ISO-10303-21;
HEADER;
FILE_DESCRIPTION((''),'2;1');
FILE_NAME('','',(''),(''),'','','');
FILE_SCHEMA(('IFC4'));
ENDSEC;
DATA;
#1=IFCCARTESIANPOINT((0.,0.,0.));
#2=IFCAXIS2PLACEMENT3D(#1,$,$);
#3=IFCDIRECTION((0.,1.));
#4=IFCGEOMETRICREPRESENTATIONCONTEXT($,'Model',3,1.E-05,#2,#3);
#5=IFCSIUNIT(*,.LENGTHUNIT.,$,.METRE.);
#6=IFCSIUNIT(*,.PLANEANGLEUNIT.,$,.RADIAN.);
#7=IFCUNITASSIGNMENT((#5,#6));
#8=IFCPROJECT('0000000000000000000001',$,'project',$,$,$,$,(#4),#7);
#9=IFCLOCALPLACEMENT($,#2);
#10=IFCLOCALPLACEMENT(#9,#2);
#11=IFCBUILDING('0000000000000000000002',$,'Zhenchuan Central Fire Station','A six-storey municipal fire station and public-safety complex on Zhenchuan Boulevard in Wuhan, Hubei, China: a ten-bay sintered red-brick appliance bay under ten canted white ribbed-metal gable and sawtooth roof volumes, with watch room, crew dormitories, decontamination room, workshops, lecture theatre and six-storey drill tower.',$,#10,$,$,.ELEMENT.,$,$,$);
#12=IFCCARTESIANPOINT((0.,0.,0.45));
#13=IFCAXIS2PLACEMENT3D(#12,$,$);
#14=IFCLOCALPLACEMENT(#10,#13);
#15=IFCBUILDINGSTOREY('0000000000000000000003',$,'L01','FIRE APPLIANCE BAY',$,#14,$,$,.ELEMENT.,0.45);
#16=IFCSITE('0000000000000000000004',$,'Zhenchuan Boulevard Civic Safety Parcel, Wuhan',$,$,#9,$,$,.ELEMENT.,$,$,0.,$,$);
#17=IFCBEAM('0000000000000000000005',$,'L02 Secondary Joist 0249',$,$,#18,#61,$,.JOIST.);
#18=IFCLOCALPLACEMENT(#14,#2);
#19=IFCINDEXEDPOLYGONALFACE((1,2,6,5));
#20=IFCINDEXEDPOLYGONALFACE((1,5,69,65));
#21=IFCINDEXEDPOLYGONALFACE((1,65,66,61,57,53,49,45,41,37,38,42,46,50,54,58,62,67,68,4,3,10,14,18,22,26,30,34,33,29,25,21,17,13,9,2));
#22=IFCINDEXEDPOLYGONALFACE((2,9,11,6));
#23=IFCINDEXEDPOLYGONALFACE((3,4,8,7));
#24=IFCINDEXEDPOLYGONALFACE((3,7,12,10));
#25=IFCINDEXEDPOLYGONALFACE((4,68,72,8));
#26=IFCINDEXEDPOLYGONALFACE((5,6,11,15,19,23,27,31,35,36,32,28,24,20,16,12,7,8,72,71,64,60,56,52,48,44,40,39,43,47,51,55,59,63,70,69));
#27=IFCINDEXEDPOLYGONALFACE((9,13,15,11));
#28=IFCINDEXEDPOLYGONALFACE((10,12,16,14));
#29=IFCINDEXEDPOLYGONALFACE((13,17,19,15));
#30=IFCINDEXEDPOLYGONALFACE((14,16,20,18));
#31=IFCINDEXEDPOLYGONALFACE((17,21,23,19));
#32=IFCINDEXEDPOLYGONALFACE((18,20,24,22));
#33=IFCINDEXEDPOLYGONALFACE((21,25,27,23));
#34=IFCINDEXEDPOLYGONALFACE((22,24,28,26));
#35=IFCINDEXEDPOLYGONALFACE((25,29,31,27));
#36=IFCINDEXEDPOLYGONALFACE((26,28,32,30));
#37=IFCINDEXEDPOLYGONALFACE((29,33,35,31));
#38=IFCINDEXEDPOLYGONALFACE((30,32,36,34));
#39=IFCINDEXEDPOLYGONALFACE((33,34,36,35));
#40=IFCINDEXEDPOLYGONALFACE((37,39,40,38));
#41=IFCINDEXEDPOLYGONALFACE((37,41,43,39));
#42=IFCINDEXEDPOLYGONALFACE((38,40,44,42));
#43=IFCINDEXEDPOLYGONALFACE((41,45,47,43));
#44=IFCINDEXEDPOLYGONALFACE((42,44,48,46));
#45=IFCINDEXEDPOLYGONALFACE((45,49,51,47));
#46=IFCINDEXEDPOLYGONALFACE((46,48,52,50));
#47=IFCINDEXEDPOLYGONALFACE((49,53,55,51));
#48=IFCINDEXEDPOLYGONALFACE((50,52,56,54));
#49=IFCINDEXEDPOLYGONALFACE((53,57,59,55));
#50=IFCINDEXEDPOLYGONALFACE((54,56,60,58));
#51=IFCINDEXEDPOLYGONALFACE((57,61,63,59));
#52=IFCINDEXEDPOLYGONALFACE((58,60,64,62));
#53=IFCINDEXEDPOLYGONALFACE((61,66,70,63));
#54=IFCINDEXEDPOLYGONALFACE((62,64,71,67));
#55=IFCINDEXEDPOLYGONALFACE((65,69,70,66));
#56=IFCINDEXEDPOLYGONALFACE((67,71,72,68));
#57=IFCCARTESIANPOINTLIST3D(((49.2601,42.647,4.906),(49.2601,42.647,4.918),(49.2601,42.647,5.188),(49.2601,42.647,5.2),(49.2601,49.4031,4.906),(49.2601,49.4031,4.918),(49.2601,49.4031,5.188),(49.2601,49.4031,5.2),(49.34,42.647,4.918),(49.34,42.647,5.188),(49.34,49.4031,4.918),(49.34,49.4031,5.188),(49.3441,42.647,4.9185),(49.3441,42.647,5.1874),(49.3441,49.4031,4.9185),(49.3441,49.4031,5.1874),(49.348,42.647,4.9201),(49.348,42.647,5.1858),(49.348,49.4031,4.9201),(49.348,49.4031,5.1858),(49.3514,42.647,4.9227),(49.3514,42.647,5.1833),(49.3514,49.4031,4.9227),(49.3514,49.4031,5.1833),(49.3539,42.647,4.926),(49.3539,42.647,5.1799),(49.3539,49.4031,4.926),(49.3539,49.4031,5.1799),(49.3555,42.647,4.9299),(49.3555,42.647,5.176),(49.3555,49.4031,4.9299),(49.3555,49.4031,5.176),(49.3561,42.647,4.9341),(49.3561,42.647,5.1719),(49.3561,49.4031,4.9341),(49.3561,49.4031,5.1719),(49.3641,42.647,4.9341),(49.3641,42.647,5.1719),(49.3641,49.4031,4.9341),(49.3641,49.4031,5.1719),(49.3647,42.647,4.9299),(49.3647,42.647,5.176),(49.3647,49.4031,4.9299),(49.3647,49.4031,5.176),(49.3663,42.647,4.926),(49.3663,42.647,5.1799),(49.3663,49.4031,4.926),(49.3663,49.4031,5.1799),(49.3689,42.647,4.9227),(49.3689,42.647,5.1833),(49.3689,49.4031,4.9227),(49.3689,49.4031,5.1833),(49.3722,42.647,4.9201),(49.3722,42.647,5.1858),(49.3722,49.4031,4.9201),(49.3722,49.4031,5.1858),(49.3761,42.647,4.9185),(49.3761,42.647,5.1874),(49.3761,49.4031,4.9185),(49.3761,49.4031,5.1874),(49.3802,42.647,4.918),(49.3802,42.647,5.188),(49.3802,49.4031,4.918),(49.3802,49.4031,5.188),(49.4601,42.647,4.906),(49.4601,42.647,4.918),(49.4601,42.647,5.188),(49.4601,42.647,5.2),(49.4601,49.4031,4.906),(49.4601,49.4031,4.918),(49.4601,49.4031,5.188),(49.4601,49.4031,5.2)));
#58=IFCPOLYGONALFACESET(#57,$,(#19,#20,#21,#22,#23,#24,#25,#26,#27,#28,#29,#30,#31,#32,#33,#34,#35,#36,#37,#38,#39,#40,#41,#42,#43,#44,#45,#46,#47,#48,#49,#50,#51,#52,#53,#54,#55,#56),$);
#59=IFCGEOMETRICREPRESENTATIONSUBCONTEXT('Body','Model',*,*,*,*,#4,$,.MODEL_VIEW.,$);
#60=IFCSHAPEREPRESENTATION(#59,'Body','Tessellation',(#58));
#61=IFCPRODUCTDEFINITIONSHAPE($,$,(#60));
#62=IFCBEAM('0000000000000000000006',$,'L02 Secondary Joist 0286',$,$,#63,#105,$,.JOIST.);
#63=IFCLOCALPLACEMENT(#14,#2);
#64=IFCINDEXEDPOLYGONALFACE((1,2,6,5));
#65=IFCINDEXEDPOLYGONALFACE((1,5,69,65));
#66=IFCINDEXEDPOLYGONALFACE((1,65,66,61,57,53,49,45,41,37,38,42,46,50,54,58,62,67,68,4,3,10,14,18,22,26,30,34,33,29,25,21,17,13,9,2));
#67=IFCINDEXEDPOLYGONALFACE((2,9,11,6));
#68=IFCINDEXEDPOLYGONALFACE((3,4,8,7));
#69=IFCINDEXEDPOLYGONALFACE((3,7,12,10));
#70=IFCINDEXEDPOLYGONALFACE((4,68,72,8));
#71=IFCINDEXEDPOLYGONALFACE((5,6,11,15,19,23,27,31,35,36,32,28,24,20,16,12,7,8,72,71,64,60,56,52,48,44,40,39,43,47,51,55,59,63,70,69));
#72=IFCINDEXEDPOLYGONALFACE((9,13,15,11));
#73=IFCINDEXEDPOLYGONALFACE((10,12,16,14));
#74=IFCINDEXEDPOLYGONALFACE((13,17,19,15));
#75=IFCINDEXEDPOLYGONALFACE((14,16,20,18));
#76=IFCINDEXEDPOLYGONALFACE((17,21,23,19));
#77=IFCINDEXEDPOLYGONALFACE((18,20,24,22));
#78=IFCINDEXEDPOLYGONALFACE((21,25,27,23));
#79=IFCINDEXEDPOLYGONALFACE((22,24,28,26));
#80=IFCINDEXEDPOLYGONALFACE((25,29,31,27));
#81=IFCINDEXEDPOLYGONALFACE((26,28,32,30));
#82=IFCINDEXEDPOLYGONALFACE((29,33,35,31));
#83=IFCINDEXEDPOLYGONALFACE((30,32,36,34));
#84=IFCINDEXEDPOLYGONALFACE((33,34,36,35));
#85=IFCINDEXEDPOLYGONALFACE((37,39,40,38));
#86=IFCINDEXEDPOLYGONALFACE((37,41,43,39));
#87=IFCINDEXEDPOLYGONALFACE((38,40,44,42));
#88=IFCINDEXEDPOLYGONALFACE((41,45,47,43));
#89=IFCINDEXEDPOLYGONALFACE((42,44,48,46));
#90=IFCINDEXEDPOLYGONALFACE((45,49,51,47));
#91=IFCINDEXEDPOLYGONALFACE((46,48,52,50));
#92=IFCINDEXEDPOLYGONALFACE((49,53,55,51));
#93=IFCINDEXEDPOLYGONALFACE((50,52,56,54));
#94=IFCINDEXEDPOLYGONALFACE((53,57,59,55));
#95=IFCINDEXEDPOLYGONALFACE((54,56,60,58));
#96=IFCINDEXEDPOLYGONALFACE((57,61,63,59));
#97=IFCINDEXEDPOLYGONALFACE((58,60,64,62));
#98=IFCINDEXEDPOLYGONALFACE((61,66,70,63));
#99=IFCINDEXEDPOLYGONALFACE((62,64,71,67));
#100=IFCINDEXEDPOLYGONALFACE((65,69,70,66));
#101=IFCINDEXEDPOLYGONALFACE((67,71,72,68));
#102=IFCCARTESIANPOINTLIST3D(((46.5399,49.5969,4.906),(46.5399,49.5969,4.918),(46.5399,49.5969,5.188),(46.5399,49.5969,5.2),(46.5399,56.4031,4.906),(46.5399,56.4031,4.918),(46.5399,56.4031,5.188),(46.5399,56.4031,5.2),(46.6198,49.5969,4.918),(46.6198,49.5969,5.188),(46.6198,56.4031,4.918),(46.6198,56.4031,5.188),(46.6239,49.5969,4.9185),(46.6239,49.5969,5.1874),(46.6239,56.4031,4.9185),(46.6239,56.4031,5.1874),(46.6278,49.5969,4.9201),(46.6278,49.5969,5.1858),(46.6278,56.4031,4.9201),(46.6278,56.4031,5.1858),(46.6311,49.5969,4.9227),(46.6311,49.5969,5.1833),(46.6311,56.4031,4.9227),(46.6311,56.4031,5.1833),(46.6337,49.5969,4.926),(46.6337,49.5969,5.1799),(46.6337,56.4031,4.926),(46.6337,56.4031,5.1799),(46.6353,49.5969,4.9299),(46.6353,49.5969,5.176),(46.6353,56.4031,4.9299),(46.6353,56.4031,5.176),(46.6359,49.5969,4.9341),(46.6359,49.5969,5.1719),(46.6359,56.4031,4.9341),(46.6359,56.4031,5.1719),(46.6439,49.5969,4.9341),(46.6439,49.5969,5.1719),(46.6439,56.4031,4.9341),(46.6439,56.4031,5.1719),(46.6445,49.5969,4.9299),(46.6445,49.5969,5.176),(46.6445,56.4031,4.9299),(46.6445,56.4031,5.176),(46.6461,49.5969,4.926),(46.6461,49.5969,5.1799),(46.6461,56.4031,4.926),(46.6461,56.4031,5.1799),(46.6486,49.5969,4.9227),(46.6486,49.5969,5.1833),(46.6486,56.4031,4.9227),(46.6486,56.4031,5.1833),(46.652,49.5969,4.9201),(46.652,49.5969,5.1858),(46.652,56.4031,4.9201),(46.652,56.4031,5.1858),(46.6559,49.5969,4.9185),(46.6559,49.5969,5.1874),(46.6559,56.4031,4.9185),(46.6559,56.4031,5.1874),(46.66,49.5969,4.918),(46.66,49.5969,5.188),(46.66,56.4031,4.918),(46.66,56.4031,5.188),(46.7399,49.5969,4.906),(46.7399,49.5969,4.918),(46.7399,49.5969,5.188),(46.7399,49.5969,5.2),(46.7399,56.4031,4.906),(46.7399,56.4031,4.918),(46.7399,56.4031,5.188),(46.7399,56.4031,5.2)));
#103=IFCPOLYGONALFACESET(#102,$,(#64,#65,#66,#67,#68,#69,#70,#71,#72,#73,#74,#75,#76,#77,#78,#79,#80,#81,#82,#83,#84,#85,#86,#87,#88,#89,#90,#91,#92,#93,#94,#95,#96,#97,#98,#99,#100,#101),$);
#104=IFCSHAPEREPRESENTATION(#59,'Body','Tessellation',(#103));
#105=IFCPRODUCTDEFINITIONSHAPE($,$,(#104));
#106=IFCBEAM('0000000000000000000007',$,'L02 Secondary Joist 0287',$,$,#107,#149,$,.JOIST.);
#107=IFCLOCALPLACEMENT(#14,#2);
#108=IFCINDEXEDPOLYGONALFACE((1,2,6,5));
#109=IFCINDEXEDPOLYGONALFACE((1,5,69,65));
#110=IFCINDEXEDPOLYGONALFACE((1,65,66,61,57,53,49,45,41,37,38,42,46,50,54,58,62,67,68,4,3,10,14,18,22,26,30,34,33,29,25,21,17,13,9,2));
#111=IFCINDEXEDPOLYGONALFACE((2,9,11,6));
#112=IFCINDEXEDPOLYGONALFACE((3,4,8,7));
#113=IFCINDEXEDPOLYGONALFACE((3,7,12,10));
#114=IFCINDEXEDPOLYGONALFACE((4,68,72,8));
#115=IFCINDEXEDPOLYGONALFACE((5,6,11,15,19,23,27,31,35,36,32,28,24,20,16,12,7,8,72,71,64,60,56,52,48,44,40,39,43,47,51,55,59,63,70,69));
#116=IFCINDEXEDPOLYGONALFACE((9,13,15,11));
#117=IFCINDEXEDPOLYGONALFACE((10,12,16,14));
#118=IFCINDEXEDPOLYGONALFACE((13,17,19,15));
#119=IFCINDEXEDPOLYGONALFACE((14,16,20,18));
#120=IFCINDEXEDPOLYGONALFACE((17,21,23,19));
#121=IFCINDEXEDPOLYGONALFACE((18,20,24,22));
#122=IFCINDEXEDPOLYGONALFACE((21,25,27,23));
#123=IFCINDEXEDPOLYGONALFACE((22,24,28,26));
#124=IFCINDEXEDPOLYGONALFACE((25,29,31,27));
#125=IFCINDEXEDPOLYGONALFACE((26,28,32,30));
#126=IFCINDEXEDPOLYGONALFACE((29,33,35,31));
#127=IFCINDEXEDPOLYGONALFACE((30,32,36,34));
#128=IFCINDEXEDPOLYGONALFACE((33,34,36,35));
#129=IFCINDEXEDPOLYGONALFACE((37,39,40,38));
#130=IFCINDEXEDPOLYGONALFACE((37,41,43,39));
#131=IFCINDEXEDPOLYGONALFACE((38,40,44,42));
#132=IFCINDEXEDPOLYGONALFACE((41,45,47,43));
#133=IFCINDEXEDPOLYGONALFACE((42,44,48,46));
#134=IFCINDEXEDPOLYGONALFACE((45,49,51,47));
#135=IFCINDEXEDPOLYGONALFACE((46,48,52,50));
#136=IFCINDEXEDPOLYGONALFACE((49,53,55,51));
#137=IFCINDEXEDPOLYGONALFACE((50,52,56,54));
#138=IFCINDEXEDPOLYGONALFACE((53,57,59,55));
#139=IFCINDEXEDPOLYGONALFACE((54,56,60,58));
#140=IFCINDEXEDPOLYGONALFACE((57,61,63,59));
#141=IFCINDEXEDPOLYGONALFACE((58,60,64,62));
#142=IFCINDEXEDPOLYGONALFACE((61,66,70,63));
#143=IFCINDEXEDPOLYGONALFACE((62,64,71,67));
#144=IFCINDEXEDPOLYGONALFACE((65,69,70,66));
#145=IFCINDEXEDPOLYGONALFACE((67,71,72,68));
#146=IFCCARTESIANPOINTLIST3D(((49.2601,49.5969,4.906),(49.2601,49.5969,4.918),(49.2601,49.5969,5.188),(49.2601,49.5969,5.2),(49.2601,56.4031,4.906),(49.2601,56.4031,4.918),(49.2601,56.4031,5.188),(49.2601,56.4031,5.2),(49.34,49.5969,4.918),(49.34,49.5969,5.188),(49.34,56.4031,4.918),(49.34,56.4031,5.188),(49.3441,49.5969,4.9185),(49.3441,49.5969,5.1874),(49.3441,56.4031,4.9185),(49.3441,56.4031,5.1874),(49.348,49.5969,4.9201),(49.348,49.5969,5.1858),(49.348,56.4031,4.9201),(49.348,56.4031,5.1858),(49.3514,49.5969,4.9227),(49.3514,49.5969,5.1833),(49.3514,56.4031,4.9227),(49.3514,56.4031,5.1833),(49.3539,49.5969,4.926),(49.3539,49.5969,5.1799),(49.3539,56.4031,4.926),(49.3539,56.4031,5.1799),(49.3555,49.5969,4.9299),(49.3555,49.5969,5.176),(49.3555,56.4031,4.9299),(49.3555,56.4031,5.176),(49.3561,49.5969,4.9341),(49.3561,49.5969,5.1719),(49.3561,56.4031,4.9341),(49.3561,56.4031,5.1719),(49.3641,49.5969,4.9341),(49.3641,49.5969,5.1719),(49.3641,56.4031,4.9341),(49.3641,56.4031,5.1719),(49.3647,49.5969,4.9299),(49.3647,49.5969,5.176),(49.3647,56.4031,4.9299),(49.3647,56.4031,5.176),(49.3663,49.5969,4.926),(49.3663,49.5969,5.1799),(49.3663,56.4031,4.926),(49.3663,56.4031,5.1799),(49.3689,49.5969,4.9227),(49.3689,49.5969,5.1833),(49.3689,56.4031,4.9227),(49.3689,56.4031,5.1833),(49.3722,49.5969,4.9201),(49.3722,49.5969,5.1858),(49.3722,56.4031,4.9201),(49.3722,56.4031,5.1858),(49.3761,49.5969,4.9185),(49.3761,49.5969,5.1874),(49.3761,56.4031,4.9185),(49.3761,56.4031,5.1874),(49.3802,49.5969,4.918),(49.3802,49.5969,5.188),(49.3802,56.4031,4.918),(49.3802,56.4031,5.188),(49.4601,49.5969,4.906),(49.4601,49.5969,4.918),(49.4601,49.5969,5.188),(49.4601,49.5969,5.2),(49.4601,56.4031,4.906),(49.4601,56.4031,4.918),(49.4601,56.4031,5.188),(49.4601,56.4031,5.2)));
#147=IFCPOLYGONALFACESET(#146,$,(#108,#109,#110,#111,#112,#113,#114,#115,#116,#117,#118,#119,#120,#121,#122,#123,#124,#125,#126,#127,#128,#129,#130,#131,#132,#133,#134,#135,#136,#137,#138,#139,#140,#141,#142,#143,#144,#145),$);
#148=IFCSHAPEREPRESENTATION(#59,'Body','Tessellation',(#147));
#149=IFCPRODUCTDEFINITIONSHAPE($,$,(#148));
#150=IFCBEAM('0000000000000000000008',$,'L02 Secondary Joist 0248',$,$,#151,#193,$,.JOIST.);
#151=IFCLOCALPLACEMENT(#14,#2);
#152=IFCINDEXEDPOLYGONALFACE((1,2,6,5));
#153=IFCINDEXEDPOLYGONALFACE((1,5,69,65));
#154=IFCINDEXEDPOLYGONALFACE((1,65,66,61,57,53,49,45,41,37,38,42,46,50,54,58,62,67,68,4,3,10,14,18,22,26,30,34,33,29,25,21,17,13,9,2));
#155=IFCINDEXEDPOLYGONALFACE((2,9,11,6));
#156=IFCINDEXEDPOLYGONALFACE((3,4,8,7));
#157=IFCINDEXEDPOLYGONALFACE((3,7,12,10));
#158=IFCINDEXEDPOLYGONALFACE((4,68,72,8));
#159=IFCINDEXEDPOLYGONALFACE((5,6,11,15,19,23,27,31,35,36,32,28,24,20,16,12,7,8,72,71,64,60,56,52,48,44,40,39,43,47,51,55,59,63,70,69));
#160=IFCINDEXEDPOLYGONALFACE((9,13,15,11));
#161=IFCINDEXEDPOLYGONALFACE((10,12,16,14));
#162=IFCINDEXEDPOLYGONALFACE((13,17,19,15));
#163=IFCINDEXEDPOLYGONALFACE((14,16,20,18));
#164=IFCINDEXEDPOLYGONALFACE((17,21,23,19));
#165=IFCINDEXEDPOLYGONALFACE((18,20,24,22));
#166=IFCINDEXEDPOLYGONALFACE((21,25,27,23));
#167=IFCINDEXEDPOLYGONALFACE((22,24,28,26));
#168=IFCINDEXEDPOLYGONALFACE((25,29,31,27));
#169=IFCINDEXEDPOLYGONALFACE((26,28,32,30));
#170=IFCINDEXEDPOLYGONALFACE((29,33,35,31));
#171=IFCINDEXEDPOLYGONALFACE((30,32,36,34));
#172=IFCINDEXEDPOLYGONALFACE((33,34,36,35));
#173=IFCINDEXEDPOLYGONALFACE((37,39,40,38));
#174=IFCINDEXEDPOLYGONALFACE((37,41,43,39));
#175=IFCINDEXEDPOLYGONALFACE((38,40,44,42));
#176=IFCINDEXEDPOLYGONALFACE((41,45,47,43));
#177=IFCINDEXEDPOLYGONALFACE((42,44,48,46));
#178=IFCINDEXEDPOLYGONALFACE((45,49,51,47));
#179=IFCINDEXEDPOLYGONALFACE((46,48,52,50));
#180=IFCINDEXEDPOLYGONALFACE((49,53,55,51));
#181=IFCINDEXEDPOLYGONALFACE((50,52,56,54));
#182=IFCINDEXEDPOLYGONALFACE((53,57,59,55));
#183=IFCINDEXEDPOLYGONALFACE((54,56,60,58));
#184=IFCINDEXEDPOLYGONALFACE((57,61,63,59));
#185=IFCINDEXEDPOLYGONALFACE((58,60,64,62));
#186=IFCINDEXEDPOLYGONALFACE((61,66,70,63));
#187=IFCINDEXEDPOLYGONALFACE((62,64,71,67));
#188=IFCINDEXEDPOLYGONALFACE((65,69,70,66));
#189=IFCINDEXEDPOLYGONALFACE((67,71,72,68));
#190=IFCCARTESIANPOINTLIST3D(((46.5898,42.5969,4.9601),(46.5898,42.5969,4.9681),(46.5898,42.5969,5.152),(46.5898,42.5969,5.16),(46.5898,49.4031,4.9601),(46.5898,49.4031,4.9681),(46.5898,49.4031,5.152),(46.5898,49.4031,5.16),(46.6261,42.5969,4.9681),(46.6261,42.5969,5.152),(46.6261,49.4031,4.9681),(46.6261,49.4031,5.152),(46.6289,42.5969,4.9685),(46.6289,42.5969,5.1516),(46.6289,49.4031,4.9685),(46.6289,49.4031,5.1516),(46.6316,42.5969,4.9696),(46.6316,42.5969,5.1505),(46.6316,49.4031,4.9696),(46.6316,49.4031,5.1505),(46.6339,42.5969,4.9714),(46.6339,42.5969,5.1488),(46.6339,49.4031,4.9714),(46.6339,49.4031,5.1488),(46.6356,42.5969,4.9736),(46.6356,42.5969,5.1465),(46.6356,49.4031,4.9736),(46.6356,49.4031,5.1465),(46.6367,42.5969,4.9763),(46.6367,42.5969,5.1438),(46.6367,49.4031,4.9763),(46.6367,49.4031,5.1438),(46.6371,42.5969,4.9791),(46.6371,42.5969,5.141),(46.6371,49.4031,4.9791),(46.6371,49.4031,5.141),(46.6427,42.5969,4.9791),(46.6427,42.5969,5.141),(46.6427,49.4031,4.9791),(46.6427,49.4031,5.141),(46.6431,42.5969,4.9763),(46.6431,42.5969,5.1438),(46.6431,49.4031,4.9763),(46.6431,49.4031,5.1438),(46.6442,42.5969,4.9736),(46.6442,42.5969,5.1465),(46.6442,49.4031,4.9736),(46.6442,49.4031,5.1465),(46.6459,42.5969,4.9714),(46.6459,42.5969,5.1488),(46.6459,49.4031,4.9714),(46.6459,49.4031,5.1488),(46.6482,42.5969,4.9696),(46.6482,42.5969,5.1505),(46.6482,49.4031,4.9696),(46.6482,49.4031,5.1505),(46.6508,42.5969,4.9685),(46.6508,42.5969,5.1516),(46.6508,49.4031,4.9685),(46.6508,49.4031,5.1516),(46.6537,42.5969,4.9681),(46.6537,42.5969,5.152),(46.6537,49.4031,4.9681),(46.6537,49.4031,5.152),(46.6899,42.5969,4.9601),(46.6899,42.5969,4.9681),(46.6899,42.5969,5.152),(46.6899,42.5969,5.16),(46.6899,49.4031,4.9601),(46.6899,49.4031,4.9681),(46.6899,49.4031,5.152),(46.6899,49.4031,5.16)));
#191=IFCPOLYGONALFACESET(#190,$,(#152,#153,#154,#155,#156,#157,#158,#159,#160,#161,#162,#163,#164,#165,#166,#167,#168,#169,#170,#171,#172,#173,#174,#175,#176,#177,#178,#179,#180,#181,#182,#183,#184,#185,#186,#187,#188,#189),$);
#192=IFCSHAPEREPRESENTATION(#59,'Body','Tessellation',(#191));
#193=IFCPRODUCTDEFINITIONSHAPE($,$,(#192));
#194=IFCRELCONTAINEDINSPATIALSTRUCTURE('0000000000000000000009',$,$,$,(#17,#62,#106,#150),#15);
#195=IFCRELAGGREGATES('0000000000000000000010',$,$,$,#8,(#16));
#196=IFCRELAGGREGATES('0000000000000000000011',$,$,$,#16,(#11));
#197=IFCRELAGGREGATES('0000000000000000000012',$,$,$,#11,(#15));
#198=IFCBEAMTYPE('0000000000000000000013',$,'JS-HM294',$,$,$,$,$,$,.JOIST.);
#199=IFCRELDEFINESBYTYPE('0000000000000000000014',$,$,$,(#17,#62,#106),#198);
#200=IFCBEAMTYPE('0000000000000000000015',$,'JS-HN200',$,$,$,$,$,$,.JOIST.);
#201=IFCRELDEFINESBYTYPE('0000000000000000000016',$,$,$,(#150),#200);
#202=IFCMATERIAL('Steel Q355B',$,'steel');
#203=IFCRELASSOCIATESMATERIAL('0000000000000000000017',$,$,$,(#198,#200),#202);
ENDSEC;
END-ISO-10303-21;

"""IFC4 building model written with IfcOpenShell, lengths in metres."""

from ifc_helpers import new_model, si_unit, direction, frame, origin, origin_2d, place, context, subcontext, project, spatial, i_section, extrude, material, material_profile, profile_set, type_object, element, save


model = new_model("IFC4")

# Units and contexts
model_context = context("Model", 3, precision=1e-05, world=origin(), true_north=direction((0.0, 1.0)))
body_context = subcontext(model_context, "Body", "Model", "MODEL_VIEW")
ifc_project = project(units=[si_unit("LENGTHUNIT", "METRE"), si_unit("PLANEANGLEUNIT", "RADIAN")], contexts=[model_context])

# Site, building, storey
site_placement = place(None, origin())
site = spatial("IfcSite", under=ifc_project, at=site_placement, Name="Zhenchuan Boulevard Civic Safety Parcel, Wuhan", CompositionType="ELEMENT", RefElevation=0.0)
building_placement = place(site_placement, origin())
building = spatial("IfcBuilding", under=site, at=building_placement, Name="Zhenchuan Central Fire Station", Description="A six-storey municipal fire station and public-safety complex on Zhenchuan Boulevard in Wuhan, Hubei, China: a ten-bay sintered red-brick appliance bay under ten canted white ribbed-metal gable and sawtooth roof volumes, with watch room, crew dormitories, decontamination room, workshops, lecture theatre and six-storey drill tower.", CompositionType="ELEMENT")
storey_placement = place(building_placement, frame((0.0, 0.0, 0.45)))
storey = spatial("IfcBuildingStorey", under=building, at=storey_placement, Name="L01", Description="FIRE APPLIANCE BAY", CompositionType="ELEMENT", Elevation=0.45)

# Shared definitions
ifc_material_1 = material(Name="Steel Q355B", Category="steel")

# Beams
ifc_material_profile_1 = material_profile(ifc_material_1, i_section(OverallWidth=0.2, OverallDepth=0.2939, WebThickness=0.0081, FlangeThickness=0.012, FilletRadius=0.0161, at=origin_2d()), Name="HM 294x200")
ifc_profile_set_1 = profile_set([ifc_material_profile_1], Name="Steel Q355B")
beam_type_1 = type_object("IfcBeamType", Name="JS-HM294", PredefinedType="JOIST", material=ifc_profile_set_1)
beam_1_placement = place(storey_placement, frame((49.3601, 42.647, 5.053), z_axis=(0.0, 1.0, 0.0), x_axis=(-1.0, 0.0, 0.0)))
element("IfcBeam", 1, at=beam_1_placement, inside=storey, type_object=beam_type_1, Name="L02 Secondary Joist 0249", PredefinedType="JOIST", context=body_context, shape_type="SweptSolid", body=[
    extrude(i_section(OverallWidth=0.2, OverallDepth=0.2939, WebThickness=0.0081, FlangeThickness=0.012, FilletRadius=0.0161, at=origin_2d()), origin(), (0.0, 0.0, 1.0), 6.7561),
])
for number, where, z_axis, x_axis, name in (
    (2, (46.6399, 49.5969, 5.053), (0.0, 1.0, 0.0), (-1.0, 0.0, 0.0), "L02 Secondary Joist 0286"),
    (3, (49.3601, 49.5969, 5.053), (0.0, 1.0, 0.0), (-1.0, 0.0, 0.0), "L02 Secondary Joist 0287"),
):
    element("IfcBeam", number, at=place(storey_placement, frame(where, z_axis=z_axis, x_axis=x_axis)), inside=storey, type_object=beam_type_1, Name=name, PredefinedType="JOIST", context=body_context, shape_type="SweptSolid", body=[
        extrude(i_section(OverallWidth=0.2, OverallDepth=0.2939, WebThickness=0.0081, FlangeThickness=0.012, FilletRadius=0.0161, at=origin_2d()), origin(), (0.0, 0.0, 1.0), 6.8062),
    ])
ifc_material_profile_2 = material_profile(ifc_material_1, i_section(OverallWidth=0.1001, OverallDepth=0.2, WebThickness=0.0056, FlangeThickness=0.0081, FilletRadius=0.011, at=origin_2d()), Name="HN 200x100")
ifc_profile_set_2 = profile_set([ifc_material_profile_2], Name="Steel Q355B")
beam_type_2 = type_object("IfcBeamType", Name="JS-HN200", PredefinedType="JOIST", material=ifc_profile_set_2)
beam_2_placement = place(storey_placement, frame((46.6399, 42.5969, 5.0601), z_axis=(0.0, 1.0, 0.0), x_axis=(-1.0, 0.0, 0.0)))
element("IfcBeam", 4, at=beam_2_placement, inside=storey, type_object=beam_type_2, Name="L02 Secondary Joist 0248", PredefinedType="JOIST", context=body_context, shape_type="SweptSolid", body=[
    extrude(i_section(OverallWidth=0.1001, OverallDepth=0.2, WebThickness=0.0056, FlangeThickness=0.0081, FilletRadius=0.011, at=origin_2d()), origin(), (0.0, 0.0, 1.0), 6.8062),
])

save(model, "model.ifc")
